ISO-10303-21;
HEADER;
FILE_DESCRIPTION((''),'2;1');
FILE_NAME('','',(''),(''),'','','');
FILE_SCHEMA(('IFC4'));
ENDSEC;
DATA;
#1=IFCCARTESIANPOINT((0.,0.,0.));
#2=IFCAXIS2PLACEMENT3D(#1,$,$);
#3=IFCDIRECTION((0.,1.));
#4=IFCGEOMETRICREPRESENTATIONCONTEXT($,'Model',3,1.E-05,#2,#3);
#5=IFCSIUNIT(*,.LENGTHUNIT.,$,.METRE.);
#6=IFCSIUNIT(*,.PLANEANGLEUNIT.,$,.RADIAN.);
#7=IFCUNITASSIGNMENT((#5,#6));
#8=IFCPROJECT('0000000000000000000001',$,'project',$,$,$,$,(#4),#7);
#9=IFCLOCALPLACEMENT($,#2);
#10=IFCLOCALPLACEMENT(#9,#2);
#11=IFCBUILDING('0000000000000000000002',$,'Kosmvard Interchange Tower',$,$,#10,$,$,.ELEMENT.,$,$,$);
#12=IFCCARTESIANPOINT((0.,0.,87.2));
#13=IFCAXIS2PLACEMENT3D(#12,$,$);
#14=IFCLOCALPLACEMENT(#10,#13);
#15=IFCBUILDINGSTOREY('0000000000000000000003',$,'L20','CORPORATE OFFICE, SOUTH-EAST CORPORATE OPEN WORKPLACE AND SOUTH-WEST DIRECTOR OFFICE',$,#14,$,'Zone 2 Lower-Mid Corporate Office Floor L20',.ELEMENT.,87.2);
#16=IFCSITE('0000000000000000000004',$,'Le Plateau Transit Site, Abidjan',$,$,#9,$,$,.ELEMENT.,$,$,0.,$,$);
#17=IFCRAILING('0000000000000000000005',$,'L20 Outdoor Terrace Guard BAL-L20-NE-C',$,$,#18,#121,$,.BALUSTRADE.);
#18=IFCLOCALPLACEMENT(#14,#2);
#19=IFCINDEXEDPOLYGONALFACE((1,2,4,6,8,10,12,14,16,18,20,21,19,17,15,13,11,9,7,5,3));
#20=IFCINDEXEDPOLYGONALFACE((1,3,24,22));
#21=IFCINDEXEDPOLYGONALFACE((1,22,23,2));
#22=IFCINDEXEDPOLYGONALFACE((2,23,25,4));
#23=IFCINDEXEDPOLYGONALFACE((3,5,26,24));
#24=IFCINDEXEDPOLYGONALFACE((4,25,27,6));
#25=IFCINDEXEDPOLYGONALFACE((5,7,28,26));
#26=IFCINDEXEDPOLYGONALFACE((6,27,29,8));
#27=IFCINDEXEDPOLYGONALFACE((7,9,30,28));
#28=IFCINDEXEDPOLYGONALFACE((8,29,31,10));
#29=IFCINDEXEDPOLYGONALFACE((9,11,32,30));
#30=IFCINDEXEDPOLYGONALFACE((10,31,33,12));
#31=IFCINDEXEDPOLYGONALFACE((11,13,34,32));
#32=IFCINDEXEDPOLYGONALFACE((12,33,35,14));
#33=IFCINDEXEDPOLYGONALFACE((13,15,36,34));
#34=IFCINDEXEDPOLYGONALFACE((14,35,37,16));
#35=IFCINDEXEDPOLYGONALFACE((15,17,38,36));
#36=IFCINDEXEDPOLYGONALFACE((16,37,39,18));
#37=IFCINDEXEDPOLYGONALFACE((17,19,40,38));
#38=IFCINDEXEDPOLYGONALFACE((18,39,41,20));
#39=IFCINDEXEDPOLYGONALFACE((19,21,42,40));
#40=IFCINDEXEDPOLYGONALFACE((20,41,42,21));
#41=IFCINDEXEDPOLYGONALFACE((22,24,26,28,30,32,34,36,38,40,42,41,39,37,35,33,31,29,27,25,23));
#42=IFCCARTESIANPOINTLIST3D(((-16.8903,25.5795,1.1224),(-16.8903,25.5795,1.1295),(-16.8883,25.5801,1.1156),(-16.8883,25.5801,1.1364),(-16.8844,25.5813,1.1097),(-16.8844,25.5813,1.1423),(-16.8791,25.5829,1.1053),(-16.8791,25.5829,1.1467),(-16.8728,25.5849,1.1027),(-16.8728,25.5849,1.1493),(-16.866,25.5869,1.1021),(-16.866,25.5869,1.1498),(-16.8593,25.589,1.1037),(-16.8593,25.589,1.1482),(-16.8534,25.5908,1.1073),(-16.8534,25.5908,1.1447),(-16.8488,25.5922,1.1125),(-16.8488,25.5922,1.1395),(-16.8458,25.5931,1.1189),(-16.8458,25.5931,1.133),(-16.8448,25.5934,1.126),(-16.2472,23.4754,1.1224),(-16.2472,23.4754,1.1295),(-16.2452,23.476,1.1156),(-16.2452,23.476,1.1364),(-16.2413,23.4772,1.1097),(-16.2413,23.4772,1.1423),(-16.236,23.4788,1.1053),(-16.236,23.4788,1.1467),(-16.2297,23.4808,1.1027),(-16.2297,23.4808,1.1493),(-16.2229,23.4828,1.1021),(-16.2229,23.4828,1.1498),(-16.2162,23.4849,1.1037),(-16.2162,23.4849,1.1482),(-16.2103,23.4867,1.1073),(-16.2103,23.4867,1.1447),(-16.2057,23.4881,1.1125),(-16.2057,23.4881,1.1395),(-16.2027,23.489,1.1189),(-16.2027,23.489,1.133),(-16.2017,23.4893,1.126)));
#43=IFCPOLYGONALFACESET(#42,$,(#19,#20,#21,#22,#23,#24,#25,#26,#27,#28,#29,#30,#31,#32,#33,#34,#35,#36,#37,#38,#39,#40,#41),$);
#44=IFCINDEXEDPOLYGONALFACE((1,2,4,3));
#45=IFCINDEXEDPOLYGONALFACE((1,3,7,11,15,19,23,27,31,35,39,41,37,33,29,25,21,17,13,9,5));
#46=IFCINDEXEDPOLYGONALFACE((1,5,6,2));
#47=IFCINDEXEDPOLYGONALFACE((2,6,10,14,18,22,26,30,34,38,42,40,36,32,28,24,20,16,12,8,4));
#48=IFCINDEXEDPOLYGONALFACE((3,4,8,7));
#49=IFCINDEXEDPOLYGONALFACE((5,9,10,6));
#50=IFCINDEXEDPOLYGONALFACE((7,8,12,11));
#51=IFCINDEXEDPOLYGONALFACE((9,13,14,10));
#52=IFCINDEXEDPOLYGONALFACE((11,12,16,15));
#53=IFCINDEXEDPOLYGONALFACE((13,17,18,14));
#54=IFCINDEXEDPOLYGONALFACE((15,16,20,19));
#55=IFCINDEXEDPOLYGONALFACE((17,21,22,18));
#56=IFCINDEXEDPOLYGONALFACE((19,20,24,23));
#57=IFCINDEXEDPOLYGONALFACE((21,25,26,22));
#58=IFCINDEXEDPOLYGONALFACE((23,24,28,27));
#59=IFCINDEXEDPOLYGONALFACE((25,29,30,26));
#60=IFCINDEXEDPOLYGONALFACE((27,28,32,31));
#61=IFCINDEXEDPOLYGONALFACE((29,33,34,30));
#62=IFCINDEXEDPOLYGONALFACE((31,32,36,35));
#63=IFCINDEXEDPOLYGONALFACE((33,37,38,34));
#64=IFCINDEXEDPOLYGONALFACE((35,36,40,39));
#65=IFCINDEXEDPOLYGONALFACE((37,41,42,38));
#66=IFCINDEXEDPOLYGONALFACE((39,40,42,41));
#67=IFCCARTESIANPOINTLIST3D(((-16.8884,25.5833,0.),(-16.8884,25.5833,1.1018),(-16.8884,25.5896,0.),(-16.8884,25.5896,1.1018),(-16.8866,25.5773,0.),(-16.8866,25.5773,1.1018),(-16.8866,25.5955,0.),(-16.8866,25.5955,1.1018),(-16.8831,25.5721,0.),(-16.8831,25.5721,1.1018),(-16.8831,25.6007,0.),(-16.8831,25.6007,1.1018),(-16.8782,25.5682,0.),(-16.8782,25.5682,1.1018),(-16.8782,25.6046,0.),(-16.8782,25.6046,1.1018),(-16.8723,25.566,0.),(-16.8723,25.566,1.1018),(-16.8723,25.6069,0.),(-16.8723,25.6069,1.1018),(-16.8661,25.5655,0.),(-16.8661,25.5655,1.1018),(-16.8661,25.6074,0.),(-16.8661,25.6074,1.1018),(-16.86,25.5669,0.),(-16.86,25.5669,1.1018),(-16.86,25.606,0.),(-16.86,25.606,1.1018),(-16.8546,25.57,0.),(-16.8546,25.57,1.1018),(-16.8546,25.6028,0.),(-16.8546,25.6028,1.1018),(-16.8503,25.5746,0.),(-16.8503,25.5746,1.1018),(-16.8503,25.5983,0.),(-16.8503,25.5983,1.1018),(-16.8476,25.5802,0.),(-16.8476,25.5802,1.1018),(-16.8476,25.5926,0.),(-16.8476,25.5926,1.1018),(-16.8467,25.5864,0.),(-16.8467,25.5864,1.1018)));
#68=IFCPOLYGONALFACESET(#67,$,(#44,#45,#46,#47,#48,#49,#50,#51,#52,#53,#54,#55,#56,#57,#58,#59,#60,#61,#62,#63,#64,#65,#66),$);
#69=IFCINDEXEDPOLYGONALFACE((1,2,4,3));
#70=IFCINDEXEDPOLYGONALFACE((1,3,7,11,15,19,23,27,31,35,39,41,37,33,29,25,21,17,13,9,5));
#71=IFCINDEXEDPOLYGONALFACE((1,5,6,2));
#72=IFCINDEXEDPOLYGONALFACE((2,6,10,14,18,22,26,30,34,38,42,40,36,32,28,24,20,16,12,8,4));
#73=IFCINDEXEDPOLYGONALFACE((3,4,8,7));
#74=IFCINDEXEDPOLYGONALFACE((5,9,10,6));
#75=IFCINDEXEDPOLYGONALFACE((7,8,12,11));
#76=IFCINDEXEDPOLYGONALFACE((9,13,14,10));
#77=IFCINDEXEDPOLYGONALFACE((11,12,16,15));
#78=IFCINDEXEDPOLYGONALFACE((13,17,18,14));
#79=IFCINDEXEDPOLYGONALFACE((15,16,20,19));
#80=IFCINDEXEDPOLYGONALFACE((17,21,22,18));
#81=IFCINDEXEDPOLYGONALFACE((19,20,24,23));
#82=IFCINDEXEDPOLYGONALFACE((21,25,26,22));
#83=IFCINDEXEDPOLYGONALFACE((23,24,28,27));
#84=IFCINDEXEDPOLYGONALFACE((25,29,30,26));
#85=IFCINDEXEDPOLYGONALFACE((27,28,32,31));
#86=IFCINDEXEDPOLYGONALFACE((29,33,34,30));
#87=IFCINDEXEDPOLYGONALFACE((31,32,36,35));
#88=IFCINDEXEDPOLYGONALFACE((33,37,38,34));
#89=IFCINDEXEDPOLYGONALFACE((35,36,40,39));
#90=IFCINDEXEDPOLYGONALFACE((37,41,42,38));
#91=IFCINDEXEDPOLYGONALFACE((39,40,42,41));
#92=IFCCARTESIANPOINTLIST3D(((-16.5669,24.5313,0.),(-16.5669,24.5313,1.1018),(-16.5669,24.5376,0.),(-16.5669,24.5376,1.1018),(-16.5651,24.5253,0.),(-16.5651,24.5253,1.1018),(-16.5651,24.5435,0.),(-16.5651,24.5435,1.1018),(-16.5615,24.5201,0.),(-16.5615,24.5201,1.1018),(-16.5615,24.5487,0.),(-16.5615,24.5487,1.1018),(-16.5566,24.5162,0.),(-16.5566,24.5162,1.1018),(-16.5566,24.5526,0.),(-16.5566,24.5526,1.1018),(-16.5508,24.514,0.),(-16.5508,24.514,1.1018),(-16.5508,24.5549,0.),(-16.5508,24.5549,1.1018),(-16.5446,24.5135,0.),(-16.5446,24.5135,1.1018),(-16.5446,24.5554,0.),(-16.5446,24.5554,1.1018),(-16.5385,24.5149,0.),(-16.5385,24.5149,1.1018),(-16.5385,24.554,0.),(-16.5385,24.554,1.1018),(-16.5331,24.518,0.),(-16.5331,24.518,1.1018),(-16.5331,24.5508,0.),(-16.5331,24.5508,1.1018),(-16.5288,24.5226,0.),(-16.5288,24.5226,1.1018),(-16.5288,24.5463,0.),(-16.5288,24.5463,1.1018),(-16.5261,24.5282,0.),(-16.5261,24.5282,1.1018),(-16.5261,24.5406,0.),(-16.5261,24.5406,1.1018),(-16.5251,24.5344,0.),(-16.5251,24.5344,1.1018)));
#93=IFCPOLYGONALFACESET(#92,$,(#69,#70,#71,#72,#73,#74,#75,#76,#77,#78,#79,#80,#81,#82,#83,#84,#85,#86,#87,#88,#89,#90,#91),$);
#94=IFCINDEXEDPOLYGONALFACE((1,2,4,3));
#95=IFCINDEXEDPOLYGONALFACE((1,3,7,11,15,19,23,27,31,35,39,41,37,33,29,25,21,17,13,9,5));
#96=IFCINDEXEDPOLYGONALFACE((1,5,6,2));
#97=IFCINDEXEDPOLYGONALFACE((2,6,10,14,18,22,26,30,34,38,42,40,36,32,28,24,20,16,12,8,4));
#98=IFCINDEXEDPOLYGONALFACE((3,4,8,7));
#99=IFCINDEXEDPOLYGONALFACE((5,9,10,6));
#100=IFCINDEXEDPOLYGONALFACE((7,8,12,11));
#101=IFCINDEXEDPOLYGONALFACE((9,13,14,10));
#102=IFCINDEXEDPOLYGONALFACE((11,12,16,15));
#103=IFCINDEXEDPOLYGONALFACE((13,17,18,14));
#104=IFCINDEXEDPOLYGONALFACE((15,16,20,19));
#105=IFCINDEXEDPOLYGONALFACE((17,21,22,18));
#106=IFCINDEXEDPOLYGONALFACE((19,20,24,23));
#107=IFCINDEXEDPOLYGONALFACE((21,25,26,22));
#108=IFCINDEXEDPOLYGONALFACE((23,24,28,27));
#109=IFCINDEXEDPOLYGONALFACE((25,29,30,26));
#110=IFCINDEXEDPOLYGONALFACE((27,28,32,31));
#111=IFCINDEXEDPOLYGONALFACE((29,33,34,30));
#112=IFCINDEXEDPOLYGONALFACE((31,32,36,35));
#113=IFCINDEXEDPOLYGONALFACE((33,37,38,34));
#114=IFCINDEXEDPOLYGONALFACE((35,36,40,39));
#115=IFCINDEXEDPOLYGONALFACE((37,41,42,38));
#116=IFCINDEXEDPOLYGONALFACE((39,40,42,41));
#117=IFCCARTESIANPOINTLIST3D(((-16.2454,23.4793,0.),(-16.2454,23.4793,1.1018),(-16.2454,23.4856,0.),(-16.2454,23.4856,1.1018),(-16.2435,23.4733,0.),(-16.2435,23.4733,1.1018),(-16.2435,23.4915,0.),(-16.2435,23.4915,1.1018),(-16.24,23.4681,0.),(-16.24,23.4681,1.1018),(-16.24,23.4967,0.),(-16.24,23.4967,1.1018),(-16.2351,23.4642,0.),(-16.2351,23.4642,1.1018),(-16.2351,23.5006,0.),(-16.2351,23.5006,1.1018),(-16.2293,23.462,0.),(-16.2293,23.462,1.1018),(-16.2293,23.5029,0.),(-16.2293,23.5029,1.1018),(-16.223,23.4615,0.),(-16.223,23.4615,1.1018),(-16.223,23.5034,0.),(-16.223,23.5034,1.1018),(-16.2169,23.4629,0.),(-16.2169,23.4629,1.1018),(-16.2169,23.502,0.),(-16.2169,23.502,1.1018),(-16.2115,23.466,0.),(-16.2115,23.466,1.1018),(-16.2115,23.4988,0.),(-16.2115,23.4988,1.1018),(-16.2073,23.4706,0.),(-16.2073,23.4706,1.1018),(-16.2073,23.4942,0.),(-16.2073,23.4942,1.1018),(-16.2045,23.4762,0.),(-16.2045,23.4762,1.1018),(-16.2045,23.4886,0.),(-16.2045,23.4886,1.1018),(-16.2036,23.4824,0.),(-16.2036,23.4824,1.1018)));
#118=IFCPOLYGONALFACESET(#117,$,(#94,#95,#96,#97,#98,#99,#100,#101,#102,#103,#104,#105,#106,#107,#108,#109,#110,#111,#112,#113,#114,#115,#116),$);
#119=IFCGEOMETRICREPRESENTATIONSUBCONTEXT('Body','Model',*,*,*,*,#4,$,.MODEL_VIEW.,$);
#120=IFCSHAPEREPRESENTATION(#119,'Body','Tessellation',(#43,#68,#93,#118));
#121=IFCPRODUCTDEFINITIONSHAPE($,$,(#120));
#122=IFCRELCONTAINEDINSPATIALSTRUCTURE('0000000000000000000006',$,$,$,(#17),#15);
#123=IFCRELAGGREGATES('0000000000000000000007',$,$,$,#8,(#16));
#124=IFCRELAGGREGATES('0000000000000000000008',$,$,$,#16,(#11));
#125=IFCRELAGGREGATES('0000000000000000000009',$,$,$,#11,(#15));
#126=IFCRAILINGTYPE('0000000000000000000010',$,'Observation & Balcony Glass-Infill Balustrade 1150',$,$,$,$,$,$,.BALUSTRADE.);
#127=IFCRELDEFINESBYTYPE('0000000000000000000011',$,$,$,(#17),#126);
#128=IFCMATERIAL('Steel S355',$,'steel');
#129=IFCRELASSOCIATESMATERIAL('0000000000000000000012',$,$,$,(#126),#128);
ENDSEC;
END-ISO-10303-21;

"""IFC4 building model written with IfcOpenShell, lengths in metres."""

from ifc_helpers import new_model, si_unit, direction, frame, origin, origin_2d, place, context, subcontext, project, spatial, circle, extrude, source, transform, mapped, material, type_object, element, save


model = new_model("IFC4")

# Units and contexts
model_context = context("Model", 3, precision=1e-05, world=origin(), true_north=direction((0.0, 1.0)))
body_context = subcontext(model_context, "Body", "Model", "MODEL_VIEW")
ifc_project = project(units=[si_unit("LENGTHUNIT", "METRE"), si_unit("PLANEANGLEUNIT", "RADIAN")], contexts=[model_context])

# Site, building, storey
site_placement = place(None, origin())
site = spatial("IfcSite", under=ifc_project, at=site_placement, Name="Le Plateau Transit Site, Abidjan", CompositionType="ELEMENT", RefElevation=0.0)
building_placement = place(site_placement, origin())
building = spatial("IfcBuilding", under=site, at=building_placement, Name="Kosmvard Interchange Tower", CompositionType="ELEMENT")
storey_placement = place(building_placement, frame((0.0, 0.0, 87.2)))
storey = spatial("IfcBuildingStorey", under=building, at=storey_placement, Name="L20", Description="CORPORATE OFFICE, SOUTH-EAST CORPORATE OPEN WORKPLACE AND SOUTH-WEST DIRECTOR OFFICE", LongName="Zone 2 Lower-Mid Corporate Office Floor L20", CompositionType="ELEMENT", Elevation=87.2)

# Shared definitions
ifc_material_1 = material(Name="Steel S355", Category="steel")

# Railing
railing_type = type_object("IfcRailingType", Name="Observation & Balcony Glass-Infill Balustrade 1150", PredefinedType="BALUSTRADE", material=ifc_material_1)
shared_shape_1 = source(origin(), body_context, "Body", "SweptSolid", [
    extrude(circle(Radius=0.0239, at=origin_2d()), frame((0.0, 0.0, 1.126), z_axis=(0.292292, -0.956329, 0.0), x_axis=(0.956329, 0.292292, 0.0)), (0.0, 0.0, 1.0), 2.2002),
    extrude(circle(Radius=0.021, at=origin_2d()), origin(), (0.0, 0.0, 1.0), 1.1018),
    extrude(circle(Radius=0.021, at=origin_2d()), frame((0.3215, -1.052, 0.0)), (0.0, 0.0, 1.0), 1.1018),
    extrude(circle(Radius=0.021, at=origin_2d()), frame((0.6431, -2.104, 0.0)), (0.0, 0.0, 1.0), 1.1018),
])
railing_placement = place(storey_placement, frame((-16.8677, 25.5864, 0.0)))
element("IfcRailing", 1, at=railing_placement, inside=storey, type_object=railing_type, Name="L20 Outdoor Terrace Guard BAL-L20-NE-C", PredefinedType="BALUSTRADE", context=body_context, shape_type="MappedRepresentation", body=[
    mapped(shared_shape_1, transform((0.0, 0.0, 0.0), scale=1.0)),
])

save(model, "model.ifc")
